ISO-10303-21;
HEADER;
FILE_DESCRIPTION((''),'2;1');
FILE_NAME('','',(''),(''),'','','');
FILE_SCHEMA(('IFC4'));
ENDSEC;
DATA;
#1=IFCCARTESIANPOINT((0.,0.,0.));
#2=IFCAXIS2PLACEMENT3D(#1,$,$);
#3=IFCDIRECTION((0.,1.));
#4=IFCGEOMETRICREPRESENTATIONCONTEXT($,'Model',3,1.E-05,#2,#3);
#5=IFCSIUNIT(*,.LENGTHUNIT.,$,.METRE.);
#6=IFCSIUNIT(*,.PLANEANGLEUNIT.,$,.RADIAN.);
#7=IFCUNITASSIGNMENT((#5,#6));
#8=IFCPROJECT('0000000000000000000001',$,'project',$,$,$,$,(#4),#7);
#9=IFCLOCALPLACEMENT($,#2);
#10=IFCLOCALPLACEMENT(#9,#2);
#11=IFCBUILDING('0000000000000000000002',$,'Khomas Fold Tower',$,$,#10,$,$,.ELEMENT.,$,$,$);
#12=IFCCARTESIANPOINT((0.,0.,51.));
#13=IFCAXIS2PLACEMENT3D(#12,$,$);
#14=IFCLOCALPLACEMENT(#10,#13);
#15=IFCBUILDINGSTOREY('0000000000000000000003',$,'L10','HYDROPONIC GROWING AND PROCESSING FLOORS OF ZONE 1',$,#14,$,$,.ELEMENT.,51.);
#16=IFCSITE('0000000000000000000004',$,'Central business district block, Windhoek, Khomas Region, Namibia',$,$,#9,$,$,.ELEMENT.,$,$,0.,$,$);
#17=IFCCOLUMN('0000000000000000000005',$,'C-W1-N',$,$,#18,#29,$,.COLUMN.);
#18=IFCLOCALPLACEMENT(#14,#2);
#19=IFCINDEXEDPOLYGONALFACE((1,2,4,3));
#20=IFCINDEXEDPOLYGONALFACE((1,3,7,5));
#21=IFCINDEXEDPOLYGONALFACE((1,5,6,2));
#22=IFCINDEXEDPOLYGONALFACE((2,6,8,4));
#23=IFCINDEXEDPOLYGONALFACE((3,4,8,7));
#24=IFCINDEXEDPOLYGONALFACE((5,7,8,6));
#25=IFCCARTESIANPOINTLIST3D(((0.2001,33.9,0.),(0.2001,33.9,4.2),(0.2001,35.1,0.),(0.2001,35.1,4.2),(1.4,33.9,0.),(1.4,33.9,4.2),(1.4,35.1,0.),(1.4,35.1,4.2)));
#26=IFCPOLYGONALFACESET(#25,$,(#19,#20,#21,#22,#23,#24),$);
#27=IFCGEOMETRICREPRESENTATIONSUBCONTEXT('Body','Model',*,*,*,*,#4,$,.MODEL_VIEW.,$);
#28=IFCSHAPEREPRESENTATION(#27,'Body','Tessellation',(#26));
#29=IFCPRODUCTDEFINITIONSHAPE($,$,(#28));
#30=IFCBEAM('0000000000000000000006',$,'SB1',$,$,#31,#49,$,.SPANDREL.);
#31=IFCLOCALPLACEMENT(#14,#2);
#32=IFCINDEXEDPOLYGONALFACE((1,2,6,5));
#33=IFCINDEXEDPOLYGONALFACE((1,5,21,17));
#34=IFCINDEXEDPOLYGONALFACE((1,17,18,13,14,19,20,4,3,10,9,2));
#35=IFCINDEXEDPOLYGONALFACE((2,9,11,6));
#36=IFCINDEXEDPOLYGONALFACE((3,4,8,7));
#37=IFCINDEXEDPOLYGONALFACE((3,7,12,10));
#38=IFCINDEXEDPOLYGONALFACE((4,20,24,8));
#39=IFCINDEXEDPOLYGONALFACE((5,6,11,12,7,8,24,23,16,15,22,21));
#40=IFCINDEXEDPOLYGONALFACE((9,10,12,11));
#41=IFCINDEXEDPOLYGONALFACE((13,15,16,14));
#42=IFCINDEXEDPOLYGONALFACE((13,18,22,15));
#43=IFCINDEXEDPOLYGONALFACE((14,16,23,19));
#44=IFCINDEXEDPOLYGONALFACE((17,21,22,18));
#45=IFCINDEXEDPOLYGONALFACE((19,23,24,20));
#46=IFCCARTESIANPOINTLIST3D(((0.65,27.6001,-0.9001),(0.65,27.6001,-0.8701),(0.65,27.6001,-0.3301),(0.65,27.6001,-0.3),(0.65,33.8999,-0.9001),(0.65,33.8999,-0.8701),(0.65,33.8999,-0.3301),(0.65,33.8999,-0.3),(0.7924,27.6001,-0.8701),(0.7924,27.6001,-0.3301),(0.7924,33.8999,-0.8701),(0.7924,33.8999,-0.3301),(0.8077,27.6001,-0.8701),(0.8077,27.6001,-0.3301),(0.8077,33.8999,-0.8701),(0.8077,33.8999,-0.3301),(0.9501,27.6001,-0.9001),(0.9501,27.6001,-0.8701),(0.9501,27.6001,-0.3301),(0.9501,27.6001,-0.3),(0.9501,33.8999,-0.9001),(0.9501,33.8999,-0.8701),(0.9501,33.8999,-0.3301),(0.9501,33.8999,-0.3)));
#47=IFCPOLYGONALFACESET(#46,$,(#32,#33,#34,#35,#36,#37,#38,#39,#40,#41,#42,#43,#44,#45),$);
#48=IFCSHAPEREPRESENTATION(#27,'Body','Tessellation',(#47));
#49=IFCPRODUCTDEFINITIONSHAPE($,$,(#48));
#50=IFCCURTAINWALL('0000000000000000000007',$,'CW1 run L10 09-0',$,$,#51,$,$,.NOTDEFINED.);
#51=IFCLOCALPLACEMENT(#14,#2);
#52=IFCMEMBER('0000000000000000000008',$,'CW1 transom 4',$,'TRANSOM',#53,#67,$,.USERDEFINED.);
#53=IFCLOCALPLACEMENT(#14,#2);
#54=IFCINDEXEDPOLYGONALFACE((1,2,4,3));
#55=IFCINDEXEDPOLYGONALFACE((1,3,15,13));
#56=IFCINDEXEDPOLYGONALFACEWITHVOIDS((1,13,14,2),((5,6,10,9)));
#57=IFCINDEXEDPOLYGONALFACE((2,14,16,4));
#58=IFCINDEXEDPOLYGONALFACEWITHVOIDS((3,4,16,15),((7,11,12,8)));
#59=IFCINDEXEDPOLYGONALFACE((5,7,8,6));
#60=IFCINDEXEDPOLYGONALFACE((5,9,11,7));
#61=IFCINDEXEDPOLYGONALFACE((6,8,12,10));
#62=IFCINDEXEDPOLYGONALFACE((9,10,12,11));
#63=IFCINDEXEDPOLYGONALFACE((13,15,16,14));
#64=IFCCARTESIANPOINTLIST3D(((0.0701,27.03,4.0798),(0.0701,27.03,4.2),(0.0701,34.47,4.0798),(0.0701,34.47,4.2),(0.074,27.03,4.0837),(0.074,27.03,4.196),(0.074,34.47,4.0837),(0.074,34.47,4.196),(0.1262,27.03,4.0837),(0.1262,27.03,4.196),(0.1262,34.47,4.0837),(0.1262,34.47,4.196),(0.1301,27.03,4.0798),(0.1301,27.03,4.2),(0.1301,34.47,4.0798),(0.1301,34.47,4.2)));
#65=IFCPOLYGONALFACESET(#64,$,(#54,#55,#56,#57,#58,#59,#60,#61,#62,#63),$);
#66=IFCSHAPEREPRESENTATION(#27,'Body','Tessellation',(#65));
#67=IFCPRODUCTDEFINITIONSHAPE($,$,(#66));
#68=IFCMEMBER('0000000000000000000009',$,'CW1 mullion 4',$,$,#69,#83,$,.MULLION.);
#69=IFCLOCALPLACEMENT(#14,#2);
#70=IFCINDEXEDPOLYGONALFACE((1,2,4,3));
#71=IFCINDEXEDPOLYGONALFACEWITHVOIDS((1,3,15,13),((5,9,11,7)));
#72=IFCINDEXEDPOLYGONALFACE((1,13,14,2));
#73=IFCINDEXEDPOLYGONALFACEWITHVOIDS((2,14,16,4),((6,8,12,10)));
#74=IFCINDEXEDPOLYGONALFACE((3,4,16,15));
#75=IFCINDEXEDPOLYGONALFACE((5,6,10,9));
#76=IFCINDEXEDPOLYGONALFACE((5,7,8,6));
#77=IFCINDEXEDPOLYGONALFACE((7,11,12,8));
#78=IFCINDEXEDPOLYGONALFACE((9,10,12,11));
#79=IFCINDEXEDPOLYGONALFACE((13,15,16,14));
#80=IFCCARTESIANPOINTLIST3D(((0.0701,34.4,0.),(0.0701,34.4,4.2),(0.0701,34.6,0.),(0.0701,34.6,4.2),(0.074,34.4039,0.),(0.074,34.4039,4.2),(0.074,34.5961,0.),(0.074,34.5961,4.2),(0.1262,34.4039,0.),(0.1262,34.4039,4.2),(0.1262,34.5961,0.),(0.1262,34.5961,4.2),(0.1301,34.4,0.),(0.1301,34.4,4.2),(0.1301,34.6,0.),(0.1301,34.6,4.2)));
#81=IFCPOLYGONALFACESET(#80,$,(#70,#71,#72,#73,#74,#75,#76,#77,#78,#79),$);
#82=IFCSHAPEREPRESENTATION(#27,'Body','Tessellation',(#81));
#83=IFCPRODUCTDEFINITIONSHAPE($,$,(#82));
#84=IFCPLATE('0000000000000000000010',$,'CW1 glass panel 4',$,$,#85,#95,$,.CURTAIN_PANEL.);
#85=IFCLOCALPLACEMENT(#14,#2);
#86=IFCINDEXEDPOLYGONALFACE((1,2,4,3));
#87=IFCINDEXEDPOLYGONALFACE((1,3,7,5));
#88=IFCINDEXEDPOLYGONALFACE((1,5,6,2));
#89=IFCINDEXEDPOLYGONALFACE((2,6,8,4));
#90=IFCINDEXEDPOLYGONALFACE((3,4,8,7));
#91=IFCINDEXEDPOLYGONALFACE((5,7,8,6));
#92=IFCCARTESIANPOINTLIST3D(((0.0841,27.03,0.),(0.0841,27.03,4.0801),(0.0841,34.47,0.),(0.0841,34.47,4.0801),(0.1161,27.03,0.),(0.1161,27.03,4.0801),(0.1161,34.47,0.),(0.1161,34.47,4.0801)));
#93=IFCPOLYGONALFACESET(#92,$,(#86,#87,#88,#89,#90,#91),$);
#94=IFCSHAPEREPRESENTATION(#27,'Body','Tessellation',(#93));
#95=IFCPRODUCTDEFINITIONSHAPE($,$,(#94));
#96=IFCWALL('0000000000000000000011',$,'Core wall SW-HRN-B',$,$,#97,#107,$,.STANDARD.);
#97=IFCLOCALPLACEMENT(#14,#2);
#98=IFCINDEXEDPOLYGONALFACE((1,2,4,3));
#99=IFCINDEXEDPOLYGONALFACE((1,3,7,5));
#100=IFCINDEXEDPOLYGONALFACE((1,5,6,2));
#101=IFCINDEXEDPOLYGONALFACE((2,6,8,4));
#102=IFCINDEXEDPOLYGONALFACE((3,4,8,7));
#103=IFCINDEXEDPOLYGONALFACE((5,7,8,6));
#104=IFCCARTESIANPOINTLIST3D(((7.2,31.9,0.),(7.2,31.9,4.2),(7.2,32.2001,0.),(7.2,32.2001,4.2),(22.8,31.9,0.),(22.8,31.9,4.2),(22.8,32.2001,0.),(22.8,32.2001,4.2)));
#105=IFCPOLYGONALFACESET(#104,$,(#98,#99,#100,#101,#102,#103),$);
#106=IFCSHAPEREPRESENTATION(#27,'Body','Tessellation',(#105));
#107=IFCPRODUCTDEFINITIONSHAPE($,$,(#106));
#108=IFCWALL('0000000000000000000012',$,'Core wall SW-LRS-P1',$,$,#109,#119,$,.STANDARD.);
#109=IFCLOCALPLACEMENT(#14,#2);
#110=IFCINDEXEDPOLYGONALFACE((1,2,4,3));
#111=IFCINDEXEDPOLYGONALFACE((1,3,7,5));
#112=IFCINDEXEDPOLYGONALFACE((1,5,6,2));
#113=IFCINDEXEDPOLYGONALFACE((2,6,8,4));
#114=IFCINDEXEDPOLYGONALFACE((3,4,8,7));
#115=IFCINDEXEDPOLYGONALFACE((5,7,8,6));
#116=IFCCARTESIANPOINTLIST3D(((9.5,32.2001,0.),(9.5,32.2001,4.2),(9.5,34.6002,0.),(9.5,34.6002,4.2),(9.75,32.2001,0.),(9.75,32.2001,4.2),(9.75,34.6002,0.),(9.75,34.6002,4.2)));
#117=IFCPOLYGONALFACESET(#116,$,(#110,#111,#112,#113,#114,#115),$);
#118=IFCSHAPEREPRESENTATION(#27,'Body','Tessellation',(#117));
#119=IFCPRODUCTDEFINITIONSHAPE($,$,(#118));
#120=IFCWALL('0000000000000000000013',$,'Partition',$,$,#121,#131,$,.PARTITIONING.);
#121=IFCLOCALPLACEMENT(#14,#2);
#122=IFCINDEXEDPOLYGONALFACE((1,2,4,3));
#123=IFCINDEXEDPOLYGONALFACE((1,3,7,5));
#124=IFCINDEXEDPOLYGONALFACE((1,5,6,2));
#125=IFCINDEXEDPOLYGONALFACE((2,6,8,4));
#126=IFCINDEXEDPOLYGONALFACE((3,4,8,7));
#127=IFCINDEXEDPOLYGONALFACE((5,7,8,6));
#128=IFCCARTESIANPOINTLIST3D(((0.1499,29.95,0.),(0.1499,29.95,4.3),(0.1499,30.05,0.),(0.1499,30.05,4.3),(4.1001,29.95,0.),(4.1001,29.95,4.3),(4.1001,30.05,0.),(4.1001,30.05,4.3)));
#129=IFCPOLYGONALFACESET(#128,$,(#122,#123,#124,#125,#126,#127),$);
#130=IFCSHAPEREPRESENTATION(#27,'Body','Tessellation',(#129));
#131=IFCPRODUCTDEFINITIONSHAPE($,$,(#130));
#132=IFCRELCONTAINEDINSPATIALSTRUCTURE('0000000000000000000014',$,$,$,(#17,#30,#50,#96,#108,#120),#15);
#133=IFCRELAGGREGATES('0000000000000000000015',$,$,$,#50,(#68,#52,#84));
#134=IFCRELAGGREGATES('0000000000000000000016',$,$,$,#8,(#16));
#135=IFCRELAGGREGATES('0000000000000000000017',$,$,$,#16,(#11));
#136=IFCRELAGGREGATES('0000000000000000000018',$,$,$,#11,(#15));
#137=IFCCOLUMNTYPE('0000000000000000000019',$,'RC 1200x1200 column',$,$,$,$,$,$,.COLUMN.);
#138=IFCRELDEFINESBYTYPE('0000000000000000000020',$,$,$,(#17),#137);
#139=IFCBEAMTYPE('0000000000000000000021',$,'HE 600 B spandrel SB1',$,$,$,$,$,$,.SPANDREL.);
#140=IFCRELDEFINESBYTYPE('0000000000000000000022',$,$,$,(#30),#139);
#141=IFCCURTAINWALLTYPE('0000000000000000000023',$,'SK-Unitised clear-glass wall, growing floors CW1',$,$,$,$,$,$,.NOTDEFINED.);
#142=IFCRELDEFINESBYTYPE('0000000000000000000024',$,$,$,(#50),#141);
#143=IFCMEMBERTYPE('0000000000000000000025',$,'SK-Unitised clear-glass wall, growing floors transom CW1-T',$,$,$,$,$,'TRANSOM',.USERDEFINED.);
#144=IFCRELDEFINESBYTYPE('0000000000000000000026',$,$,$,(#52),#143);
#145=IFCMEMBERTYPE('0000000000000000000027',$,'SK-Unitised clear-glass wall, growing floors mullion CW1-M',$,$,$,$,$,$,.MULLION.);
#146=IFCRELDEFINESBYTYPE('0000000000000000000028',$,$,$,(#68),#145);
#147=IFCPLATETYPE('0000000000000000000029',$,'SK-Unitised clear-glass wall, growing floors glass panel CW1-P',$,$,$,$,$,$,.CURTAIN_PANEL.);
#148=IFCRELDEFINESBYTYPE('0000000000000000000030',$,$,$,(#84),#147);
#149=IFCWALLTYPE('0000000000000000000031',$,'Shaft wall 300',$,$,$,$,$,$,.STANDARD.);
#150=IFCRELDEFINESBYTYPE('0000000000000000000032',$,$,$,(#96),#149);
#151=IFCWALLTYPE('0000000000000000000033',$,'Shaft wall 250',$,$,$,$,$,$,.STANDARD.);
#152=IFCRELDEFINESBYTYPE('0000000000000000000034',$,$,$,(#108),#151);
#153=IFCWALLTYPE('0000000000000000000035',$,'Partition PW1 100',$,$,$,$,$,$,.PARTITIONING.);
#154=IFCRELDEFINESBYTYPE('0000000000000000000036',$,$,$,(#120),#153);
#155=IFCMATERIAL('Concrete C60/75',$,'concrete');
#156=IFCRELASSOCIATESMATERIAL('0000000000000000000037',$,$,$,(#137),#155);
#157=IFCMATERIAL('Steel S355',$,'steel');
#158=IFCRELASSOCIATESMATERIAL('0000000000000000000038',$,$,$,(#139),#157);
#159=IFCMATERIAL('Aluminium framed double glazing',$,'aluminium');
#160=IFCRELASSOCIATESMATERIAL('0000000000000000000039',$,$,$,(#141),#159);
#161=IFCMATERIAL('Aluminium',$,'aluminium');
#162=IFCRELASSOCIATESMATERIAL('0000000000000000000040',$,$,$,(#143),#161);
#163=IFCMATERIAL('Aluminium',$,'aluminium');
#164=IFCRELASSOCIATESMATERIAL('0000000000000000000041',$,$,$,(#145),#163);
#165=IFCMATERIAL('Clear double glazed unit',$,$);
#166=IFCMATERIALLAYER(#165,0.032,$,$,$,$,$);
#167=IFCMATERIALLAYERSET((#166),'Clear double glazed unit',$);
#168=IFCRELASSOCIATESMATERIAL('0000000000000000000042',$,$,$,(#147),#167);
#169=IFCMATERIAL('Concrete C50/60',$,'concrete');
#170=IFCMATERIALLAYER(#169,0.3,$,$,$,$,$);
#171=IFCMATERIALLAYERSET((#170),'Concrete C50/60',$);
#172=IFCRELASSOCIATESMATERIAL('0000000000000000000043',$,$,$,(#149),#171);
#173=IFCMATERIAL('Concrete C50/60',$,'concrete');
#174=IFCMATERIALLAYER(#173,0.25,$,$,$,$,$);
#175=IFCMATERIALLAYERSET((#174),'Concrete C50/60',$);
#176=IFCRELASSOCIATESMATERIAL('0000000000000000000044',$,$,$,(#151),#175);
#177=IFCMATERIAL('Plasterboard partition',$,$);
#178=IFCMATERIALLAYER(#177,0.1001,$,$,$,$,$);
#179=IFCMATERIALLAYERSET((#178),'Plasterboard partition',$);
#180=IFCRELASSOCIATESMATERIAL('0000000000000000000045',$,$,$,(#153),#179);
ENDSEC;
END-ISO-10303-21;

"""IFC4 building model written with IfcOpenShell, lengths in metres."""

from ifc_helpers import new_model, si_unit, direction, frame, frame_2d, origin, origin_2d, place, context, subcontext, project, spatial, rectangle, hollow_rectangle, i_section, extrude, source, transform, mapped, material, layer, layer_set, material_profile, profile_set, type_object, element, aggregate, save


model = new_model("IFC4")

# Units and contexts
model_context = context("Model", 3, precision=1e-05, world=origin(), true_north=direction((0.0, 1.0)))
body_context = subcontext(model_context, "Body", "Model", "MODEL_VIEW")
ifc_project = project(units=[si_unit("LENGTHUNIT", "METRE"), si_unit("PLANEANGLEUNIT", "RADIAN")], contexts=[model_context])

# Site, building, storey
site_placement = place(None, origin())
site = spatial("IfcSite", under=ifc_project, at=site_placement, Name="Central business district block, Windhoek, Khomas Region, Namibia", CompositionType="ELEMENT", RefElevation=0.0)
building_placement = place(site_placement, origin())
building = spatial("IfcBuilding", under=site, at=building_placement, Name="Khomas Fold Tower", CompositionType="ELEMENT")
storey_placement = place(building_placement, frame((0.0, 0.0, 51.0)))
storey = spatial("IfcBuildingStorey", under=building, at=storey_placement, Name="L10", Description="HYDROPONIC GROWING AND PROCESSING FLOORS OF ZONE 1", CompositionType="ELEMENT", Elevation=51.0)

# Column
ifc_material_1 = material(Name="Concrete C60/75", Category="concrete")
ifc_material_profile_1 = material_profile(ifc_material_1, rectangle(XDim=1.2, YDim=1.2, at=origin_2d()), Name="RC 1200x1200")
ifc_profile_set_1 = profile_set([ifc_material_profile_1], Name="Concrete C60/75")
column_type = type_object("IfcColumnType", Name="RC 1200x1200 column", PredefinedType="COLUMN", material=ifc_profile_set_1)
shared_shape_1 = source(origin(), body_context, "Body", "SweptSolid", [
    extrude(rectangle(XDim=1.2, YDim=1.2, at=origin_2d()), origin(), (0.0, 0.0, 1.0), 4.2),
])
column_placement = place(storey_placement, frame((0.8, 34.5, 0.0), z_axis=(0.0, 0.0, 1.0), x_axis=(1.0, 0.0, 0.0)))
element("IfcColumn", 1, at=column_placement, inside=storey, type_object=column_type, Name="C-W1-N", PredefinedType="COLUMN", context=body_context, shape_type="MappedRepresentation", body=[
    mapped(shared_shape_1, transform((0.0, 0.0, 0.0))),
])

# Beam
ifc_material_2 = material(Name="Steel S355", Category="steel")
ifc_material_profile_2 = material_profile(ifc_material_2, i_section(OverallWidth=0.3, OverallDepth=0.6001, WebThickness=0.0154, FlangeThickness=0.03, at=origin_2d()), Name="HE 600 B")
ifc_profile_set_2 = profile_set([ifc_material_profile_2], Name="Steel S355")
beam_type = type_object("IfcBeamType", Name="HE 600 B spandrel SB1", PredefinedType="SPANDREL", material=ifc_profile_set_2)
shared_shape_2 = source(origin(), body_context, "Body", "SweptSolid", [
    extrude(i_section(OverallWidth=0.3, OverallDepth=0.6001, WebThickness=0.0154, FlangeThickness=0.03, at=origin_2d()), origin(), (0.0, 0.0, 1.0), 6.2998),
])
beam_placement = place(storey_placement, frame((0.8, 27.6001, -0.6001), z_axis=(0.0, 1.0, 0.0), x_axis=(-1.0, 0.0, 0.0)))
element("IfcBeam", 2, at=beam_placement, inside=storey, type_object=beam_type, Name="SB1", PredefinedType="SPANDREL", context=body_context, shape_type="MappedRepresentation", body=[
    mapped(shared_shape_2, transform((0.0, 0.0, 0.0))),
])

# Curtain wall, members, plate
ifc_material_3 = material(Name="Aluminium framed double glazing", Category="aluminium")
curtain_wall_type = type_object("IfcCurtainWallType", Name="SK-Unitised clear-glass wall, growing floors CW1", PredefinedType="NOTDEFINED", material=ifc_material_3)
curtain_wall_placement = place(storey_placement, origin())
curtain_wall = element("IfcCurtainWall", 3, at=curtain_wall_placement, inside=storey, type_object=curtain_wall_type, Name="CW1 run L10 09-0", PredefinedType="NOTDEFINED")
ifc_material_4 = material(Name="Aluminium", Category="aluminium")
ifc_material_profile_3 = material_profile(ifc_material_4, hollow_rectangle(XDim=0.0601, YDim=0.1201, WallThickness=0.0039, at=origin_2d()), Name="SK-Unitised clear-glass wall, growing floors transom CW1-T")
ifc_profile_set_3 = profile_set([ifc_material_profile_3], Name="Aluminium")
member_type_1 = type_object("IfcMemberType", Name="SK-Unitised clear-glass wall, growing floors transom CW1-T", ElementType="TRANSOM", PredefinedType="USERDEFINED", material=ifc_profile_set_3)
shared_shape_3 = source(origin(), body_context, "Body", "SweptSolid", [
    extrude(hollow_rectangle(XDim=0.0601, YDim=0.1201, WallThickness=0.0039, at=origin_2d()), origin(), (0.0, 0.0, 1.0), 7.4399),
])
member_1_placement = place(storey_placement, frame((0.1001, 34.47, 4.1399), z_axis=(0.0, -1.0, 0.0), x_axis=(1.0, 0.0, 0.0)))
member_1 = element("IfcMember", 4, at=member_1_placement, type_object=member_type_1, Name="CW1 transom 4", ObjectType="TRANSOM", PredefinedType="USERDEFINED", context=body_context, shape_type="MappedRepresentation", body=[
    mapped(shared_shape_3, transform((0.0, 0.0, 0.0))),
])
ifc_material_5 = material(Name="Aluminium", Category="aluminium")
ifc_material_profile_4 = material_profile(ifc_material_5, hollow_rectangle(XDim=0.0601, YDim=0.2, WallThickness=0.0039, at=origin_2d()), Name="SK-Unitised clear-glass wall, growing floors mullion CW1-M")
ifc_profile_set_4 = profile_set([ifc_material_profile_4], Name="Aluminium")
member_type_2 = type_object("IfcMemberType", Name="SK-Unitised clear-glass wall, growing floors mullion CW1-M", PredefinedType="MULLION", material=ifc_profile_set_4)
shared_shape_4 = source(origin(), body_context, "Body", "SweptSolid", [
    extrude(hollow_rectangle(XDim=0.0601, YDim=0.2, WallThickness=0.0039, at=origin_2d()), origin(), (0.0, 0.0, 1.0), 4.2),
])
member_2_placement = place(storey_placement, frame((0.1001, 34.5, 0.0), z_axis=(0.0, 0.0, 1.0), x_axis=(1.0, 0.0, 0.0)))
member_2 = element("IfcMember", 5, at=member_2_placement, type_object=member_type_2, Name="CW1 mullion 4", PredefinedType="MULLION", context=body_context, shape_type="MappedRepresentation", body=[
    mapped(shared_shape_4, transform((0.0, 0.0, 0.0))),
])
ifc_material_6 = material(Name="Clear double glazed unit")
ifc_layer_1 = layer(ifc_material_6, 0.032)
ifc_layer_set_1 = layer_set([ifc_layer_1], Name="Clear double glazed unit")
plate_type = type_object("IfcPlateType", Name="SK-Unitised clear-glass wall, growing floors glass panel CW1-P", PredefinedType="CURTAIN_PANEL", material=ifc_layer_set_1)
shared_shape_5 = source(origin(), body_context, "Body", "SweptSolid", [
    extrude(rectangle(XDim=7.4399, YDim=0.032, at=origin_2d()), origin(), (0.0, 0.0, 1.0), 4.0801),
])
plate_placement = place(storey_placement, frame((0.1001, 30.75, 0.0), z_axis=(0.0, 0.0, 1.0), x_axis=(0.0, -1.0, 0.0)))
plate = element("IfcPlate", 6, at=plate_placement, type_object=plate_type, Name="CW1 glass panel 4", PredefinedType="CURTAIN_PANEL", context=body_context, shape_type="MappedRepresentation", body=[
    mapped(shared_shape_5, transform((0.0, 0.0, 0.0))),
])
aggregate(curtain_wall, [member_2, member_1, plate])

# Walls
ifc_material_7 = material(Name="Concrete C50/60", Category="concrete")
ifc_layer_2 = layer(ifc_material_7, 0.3)
ifc_layer_set_2 = layer_set([ifc_layer_2], Name="Concrete C50/60")
wall_type_1 = type_object("IfcWallType", Name="Shaft wall 300", PredefinedType="STANDARD", material=ifc_layer_set_2)
shared_shape_6 = source(origin(), body_context, "Body", "SweptSolid", [
    extrude(rectangle(XDim=15.6001, YDim=0.3, at=frame_2d((7.8, 0.0))), origin(), (0.0, 0.0, 1.0), 4.2),
])
wall_1_placement = place(storey_placement, frame((7.2, 32.05, 0.0), z_axis=(0.0, 0.0, 1.0), x_axis=(1.0, 0.0, 0.0)))
element("IfcWall", 7, at=wall_1_placement, inside=storey, type_object=wall_type_1, Name="Core wall SW-HRN-B", PredefinedType="STANDARD", context=body_context, shape_type="MappedRepresentation", body=[
    mapped(shared_shape_6, transform((0.0, 0.0, 0.0))),
])
ifc_material_8 = material(Name="Concrete C50/60", Category="concrete")
ifc_layer_3 = layer(ifc_material_8, 0.25)
ifc_layer_set_3 = layer_set([ifc_layer_3], Name="Concrete C50/60")
wall_type_2 = type_object("IfcWallType", Name="Shaft wall 250", PredefinedType="STANDARD", material=ifc_layer_set_3)
shared_shape_7 = source(origin(), body_context, "Body", "SweptSolid", [
    extrude(rectangle(XDim=2.4001, YDim=0.25, at=frame_2d((1.2002, 0.0))), origin(), (0.0, 0.0, 1.0), 4.2),
])
wall_2_placement = place(storey_placement, frame((9.625, 32.2, 0.0), z_axis=(0.0, 0.0, 1.0), x_axis=(0.0, 1.0, 0.0)))
element("IfcWall", 8, at=wall_2_placement, inside=storey, type_object=wall_type_2, Name="Core wall SW-LRS-P1", PredefinedType="STANDARD", context=body_context, shape_type="MappedRepresentation", body=[
    mapped(shared_shape_7, transform((0.0, 0.0, 0.0))),
])
ifc_material_9 = material(Name="Plasterboard partition")
ifc_layer_4 = layer(ifc_material_9, 0.1001)
ifc_layer_set_4 = layer_set([ifc_layer_4], Name="Plasterboard partition")
wall_type_3 = type_object("IfcWallType", Name="Partition PW1 100", PredefinedType="PARTITIONING", material=ifc_layer_set_4)
shared_shape_8 = source(origin(), body_context, "Body", "SweptSolid", [
    extrude(rectangle(XDim=3.9502, YDim=0.1001, at=frame_2d((1.9751, 0.0))), origin(), (0.0, 0.0, 1.0), 4.3),
])
wall_3_placement = place(storey_placement, frame((0.1499, 30.0, 0.0), z_axis=(0.0, 0.0, 1.0), x_axis=(1.0, 0.0, 0.0)))
element("IfcWall", 9, at=wall_3_placement, inside=storey, type_object=wall_type_3, Name="Partition", PredefinedType="PARTITIONING", context=body_context, shape_type="MappedRepresentation", body=[
    mapped(shared_shape_8, transform((0.0, 0.0, 0.0))),
])

save(model, "model.ifc")
